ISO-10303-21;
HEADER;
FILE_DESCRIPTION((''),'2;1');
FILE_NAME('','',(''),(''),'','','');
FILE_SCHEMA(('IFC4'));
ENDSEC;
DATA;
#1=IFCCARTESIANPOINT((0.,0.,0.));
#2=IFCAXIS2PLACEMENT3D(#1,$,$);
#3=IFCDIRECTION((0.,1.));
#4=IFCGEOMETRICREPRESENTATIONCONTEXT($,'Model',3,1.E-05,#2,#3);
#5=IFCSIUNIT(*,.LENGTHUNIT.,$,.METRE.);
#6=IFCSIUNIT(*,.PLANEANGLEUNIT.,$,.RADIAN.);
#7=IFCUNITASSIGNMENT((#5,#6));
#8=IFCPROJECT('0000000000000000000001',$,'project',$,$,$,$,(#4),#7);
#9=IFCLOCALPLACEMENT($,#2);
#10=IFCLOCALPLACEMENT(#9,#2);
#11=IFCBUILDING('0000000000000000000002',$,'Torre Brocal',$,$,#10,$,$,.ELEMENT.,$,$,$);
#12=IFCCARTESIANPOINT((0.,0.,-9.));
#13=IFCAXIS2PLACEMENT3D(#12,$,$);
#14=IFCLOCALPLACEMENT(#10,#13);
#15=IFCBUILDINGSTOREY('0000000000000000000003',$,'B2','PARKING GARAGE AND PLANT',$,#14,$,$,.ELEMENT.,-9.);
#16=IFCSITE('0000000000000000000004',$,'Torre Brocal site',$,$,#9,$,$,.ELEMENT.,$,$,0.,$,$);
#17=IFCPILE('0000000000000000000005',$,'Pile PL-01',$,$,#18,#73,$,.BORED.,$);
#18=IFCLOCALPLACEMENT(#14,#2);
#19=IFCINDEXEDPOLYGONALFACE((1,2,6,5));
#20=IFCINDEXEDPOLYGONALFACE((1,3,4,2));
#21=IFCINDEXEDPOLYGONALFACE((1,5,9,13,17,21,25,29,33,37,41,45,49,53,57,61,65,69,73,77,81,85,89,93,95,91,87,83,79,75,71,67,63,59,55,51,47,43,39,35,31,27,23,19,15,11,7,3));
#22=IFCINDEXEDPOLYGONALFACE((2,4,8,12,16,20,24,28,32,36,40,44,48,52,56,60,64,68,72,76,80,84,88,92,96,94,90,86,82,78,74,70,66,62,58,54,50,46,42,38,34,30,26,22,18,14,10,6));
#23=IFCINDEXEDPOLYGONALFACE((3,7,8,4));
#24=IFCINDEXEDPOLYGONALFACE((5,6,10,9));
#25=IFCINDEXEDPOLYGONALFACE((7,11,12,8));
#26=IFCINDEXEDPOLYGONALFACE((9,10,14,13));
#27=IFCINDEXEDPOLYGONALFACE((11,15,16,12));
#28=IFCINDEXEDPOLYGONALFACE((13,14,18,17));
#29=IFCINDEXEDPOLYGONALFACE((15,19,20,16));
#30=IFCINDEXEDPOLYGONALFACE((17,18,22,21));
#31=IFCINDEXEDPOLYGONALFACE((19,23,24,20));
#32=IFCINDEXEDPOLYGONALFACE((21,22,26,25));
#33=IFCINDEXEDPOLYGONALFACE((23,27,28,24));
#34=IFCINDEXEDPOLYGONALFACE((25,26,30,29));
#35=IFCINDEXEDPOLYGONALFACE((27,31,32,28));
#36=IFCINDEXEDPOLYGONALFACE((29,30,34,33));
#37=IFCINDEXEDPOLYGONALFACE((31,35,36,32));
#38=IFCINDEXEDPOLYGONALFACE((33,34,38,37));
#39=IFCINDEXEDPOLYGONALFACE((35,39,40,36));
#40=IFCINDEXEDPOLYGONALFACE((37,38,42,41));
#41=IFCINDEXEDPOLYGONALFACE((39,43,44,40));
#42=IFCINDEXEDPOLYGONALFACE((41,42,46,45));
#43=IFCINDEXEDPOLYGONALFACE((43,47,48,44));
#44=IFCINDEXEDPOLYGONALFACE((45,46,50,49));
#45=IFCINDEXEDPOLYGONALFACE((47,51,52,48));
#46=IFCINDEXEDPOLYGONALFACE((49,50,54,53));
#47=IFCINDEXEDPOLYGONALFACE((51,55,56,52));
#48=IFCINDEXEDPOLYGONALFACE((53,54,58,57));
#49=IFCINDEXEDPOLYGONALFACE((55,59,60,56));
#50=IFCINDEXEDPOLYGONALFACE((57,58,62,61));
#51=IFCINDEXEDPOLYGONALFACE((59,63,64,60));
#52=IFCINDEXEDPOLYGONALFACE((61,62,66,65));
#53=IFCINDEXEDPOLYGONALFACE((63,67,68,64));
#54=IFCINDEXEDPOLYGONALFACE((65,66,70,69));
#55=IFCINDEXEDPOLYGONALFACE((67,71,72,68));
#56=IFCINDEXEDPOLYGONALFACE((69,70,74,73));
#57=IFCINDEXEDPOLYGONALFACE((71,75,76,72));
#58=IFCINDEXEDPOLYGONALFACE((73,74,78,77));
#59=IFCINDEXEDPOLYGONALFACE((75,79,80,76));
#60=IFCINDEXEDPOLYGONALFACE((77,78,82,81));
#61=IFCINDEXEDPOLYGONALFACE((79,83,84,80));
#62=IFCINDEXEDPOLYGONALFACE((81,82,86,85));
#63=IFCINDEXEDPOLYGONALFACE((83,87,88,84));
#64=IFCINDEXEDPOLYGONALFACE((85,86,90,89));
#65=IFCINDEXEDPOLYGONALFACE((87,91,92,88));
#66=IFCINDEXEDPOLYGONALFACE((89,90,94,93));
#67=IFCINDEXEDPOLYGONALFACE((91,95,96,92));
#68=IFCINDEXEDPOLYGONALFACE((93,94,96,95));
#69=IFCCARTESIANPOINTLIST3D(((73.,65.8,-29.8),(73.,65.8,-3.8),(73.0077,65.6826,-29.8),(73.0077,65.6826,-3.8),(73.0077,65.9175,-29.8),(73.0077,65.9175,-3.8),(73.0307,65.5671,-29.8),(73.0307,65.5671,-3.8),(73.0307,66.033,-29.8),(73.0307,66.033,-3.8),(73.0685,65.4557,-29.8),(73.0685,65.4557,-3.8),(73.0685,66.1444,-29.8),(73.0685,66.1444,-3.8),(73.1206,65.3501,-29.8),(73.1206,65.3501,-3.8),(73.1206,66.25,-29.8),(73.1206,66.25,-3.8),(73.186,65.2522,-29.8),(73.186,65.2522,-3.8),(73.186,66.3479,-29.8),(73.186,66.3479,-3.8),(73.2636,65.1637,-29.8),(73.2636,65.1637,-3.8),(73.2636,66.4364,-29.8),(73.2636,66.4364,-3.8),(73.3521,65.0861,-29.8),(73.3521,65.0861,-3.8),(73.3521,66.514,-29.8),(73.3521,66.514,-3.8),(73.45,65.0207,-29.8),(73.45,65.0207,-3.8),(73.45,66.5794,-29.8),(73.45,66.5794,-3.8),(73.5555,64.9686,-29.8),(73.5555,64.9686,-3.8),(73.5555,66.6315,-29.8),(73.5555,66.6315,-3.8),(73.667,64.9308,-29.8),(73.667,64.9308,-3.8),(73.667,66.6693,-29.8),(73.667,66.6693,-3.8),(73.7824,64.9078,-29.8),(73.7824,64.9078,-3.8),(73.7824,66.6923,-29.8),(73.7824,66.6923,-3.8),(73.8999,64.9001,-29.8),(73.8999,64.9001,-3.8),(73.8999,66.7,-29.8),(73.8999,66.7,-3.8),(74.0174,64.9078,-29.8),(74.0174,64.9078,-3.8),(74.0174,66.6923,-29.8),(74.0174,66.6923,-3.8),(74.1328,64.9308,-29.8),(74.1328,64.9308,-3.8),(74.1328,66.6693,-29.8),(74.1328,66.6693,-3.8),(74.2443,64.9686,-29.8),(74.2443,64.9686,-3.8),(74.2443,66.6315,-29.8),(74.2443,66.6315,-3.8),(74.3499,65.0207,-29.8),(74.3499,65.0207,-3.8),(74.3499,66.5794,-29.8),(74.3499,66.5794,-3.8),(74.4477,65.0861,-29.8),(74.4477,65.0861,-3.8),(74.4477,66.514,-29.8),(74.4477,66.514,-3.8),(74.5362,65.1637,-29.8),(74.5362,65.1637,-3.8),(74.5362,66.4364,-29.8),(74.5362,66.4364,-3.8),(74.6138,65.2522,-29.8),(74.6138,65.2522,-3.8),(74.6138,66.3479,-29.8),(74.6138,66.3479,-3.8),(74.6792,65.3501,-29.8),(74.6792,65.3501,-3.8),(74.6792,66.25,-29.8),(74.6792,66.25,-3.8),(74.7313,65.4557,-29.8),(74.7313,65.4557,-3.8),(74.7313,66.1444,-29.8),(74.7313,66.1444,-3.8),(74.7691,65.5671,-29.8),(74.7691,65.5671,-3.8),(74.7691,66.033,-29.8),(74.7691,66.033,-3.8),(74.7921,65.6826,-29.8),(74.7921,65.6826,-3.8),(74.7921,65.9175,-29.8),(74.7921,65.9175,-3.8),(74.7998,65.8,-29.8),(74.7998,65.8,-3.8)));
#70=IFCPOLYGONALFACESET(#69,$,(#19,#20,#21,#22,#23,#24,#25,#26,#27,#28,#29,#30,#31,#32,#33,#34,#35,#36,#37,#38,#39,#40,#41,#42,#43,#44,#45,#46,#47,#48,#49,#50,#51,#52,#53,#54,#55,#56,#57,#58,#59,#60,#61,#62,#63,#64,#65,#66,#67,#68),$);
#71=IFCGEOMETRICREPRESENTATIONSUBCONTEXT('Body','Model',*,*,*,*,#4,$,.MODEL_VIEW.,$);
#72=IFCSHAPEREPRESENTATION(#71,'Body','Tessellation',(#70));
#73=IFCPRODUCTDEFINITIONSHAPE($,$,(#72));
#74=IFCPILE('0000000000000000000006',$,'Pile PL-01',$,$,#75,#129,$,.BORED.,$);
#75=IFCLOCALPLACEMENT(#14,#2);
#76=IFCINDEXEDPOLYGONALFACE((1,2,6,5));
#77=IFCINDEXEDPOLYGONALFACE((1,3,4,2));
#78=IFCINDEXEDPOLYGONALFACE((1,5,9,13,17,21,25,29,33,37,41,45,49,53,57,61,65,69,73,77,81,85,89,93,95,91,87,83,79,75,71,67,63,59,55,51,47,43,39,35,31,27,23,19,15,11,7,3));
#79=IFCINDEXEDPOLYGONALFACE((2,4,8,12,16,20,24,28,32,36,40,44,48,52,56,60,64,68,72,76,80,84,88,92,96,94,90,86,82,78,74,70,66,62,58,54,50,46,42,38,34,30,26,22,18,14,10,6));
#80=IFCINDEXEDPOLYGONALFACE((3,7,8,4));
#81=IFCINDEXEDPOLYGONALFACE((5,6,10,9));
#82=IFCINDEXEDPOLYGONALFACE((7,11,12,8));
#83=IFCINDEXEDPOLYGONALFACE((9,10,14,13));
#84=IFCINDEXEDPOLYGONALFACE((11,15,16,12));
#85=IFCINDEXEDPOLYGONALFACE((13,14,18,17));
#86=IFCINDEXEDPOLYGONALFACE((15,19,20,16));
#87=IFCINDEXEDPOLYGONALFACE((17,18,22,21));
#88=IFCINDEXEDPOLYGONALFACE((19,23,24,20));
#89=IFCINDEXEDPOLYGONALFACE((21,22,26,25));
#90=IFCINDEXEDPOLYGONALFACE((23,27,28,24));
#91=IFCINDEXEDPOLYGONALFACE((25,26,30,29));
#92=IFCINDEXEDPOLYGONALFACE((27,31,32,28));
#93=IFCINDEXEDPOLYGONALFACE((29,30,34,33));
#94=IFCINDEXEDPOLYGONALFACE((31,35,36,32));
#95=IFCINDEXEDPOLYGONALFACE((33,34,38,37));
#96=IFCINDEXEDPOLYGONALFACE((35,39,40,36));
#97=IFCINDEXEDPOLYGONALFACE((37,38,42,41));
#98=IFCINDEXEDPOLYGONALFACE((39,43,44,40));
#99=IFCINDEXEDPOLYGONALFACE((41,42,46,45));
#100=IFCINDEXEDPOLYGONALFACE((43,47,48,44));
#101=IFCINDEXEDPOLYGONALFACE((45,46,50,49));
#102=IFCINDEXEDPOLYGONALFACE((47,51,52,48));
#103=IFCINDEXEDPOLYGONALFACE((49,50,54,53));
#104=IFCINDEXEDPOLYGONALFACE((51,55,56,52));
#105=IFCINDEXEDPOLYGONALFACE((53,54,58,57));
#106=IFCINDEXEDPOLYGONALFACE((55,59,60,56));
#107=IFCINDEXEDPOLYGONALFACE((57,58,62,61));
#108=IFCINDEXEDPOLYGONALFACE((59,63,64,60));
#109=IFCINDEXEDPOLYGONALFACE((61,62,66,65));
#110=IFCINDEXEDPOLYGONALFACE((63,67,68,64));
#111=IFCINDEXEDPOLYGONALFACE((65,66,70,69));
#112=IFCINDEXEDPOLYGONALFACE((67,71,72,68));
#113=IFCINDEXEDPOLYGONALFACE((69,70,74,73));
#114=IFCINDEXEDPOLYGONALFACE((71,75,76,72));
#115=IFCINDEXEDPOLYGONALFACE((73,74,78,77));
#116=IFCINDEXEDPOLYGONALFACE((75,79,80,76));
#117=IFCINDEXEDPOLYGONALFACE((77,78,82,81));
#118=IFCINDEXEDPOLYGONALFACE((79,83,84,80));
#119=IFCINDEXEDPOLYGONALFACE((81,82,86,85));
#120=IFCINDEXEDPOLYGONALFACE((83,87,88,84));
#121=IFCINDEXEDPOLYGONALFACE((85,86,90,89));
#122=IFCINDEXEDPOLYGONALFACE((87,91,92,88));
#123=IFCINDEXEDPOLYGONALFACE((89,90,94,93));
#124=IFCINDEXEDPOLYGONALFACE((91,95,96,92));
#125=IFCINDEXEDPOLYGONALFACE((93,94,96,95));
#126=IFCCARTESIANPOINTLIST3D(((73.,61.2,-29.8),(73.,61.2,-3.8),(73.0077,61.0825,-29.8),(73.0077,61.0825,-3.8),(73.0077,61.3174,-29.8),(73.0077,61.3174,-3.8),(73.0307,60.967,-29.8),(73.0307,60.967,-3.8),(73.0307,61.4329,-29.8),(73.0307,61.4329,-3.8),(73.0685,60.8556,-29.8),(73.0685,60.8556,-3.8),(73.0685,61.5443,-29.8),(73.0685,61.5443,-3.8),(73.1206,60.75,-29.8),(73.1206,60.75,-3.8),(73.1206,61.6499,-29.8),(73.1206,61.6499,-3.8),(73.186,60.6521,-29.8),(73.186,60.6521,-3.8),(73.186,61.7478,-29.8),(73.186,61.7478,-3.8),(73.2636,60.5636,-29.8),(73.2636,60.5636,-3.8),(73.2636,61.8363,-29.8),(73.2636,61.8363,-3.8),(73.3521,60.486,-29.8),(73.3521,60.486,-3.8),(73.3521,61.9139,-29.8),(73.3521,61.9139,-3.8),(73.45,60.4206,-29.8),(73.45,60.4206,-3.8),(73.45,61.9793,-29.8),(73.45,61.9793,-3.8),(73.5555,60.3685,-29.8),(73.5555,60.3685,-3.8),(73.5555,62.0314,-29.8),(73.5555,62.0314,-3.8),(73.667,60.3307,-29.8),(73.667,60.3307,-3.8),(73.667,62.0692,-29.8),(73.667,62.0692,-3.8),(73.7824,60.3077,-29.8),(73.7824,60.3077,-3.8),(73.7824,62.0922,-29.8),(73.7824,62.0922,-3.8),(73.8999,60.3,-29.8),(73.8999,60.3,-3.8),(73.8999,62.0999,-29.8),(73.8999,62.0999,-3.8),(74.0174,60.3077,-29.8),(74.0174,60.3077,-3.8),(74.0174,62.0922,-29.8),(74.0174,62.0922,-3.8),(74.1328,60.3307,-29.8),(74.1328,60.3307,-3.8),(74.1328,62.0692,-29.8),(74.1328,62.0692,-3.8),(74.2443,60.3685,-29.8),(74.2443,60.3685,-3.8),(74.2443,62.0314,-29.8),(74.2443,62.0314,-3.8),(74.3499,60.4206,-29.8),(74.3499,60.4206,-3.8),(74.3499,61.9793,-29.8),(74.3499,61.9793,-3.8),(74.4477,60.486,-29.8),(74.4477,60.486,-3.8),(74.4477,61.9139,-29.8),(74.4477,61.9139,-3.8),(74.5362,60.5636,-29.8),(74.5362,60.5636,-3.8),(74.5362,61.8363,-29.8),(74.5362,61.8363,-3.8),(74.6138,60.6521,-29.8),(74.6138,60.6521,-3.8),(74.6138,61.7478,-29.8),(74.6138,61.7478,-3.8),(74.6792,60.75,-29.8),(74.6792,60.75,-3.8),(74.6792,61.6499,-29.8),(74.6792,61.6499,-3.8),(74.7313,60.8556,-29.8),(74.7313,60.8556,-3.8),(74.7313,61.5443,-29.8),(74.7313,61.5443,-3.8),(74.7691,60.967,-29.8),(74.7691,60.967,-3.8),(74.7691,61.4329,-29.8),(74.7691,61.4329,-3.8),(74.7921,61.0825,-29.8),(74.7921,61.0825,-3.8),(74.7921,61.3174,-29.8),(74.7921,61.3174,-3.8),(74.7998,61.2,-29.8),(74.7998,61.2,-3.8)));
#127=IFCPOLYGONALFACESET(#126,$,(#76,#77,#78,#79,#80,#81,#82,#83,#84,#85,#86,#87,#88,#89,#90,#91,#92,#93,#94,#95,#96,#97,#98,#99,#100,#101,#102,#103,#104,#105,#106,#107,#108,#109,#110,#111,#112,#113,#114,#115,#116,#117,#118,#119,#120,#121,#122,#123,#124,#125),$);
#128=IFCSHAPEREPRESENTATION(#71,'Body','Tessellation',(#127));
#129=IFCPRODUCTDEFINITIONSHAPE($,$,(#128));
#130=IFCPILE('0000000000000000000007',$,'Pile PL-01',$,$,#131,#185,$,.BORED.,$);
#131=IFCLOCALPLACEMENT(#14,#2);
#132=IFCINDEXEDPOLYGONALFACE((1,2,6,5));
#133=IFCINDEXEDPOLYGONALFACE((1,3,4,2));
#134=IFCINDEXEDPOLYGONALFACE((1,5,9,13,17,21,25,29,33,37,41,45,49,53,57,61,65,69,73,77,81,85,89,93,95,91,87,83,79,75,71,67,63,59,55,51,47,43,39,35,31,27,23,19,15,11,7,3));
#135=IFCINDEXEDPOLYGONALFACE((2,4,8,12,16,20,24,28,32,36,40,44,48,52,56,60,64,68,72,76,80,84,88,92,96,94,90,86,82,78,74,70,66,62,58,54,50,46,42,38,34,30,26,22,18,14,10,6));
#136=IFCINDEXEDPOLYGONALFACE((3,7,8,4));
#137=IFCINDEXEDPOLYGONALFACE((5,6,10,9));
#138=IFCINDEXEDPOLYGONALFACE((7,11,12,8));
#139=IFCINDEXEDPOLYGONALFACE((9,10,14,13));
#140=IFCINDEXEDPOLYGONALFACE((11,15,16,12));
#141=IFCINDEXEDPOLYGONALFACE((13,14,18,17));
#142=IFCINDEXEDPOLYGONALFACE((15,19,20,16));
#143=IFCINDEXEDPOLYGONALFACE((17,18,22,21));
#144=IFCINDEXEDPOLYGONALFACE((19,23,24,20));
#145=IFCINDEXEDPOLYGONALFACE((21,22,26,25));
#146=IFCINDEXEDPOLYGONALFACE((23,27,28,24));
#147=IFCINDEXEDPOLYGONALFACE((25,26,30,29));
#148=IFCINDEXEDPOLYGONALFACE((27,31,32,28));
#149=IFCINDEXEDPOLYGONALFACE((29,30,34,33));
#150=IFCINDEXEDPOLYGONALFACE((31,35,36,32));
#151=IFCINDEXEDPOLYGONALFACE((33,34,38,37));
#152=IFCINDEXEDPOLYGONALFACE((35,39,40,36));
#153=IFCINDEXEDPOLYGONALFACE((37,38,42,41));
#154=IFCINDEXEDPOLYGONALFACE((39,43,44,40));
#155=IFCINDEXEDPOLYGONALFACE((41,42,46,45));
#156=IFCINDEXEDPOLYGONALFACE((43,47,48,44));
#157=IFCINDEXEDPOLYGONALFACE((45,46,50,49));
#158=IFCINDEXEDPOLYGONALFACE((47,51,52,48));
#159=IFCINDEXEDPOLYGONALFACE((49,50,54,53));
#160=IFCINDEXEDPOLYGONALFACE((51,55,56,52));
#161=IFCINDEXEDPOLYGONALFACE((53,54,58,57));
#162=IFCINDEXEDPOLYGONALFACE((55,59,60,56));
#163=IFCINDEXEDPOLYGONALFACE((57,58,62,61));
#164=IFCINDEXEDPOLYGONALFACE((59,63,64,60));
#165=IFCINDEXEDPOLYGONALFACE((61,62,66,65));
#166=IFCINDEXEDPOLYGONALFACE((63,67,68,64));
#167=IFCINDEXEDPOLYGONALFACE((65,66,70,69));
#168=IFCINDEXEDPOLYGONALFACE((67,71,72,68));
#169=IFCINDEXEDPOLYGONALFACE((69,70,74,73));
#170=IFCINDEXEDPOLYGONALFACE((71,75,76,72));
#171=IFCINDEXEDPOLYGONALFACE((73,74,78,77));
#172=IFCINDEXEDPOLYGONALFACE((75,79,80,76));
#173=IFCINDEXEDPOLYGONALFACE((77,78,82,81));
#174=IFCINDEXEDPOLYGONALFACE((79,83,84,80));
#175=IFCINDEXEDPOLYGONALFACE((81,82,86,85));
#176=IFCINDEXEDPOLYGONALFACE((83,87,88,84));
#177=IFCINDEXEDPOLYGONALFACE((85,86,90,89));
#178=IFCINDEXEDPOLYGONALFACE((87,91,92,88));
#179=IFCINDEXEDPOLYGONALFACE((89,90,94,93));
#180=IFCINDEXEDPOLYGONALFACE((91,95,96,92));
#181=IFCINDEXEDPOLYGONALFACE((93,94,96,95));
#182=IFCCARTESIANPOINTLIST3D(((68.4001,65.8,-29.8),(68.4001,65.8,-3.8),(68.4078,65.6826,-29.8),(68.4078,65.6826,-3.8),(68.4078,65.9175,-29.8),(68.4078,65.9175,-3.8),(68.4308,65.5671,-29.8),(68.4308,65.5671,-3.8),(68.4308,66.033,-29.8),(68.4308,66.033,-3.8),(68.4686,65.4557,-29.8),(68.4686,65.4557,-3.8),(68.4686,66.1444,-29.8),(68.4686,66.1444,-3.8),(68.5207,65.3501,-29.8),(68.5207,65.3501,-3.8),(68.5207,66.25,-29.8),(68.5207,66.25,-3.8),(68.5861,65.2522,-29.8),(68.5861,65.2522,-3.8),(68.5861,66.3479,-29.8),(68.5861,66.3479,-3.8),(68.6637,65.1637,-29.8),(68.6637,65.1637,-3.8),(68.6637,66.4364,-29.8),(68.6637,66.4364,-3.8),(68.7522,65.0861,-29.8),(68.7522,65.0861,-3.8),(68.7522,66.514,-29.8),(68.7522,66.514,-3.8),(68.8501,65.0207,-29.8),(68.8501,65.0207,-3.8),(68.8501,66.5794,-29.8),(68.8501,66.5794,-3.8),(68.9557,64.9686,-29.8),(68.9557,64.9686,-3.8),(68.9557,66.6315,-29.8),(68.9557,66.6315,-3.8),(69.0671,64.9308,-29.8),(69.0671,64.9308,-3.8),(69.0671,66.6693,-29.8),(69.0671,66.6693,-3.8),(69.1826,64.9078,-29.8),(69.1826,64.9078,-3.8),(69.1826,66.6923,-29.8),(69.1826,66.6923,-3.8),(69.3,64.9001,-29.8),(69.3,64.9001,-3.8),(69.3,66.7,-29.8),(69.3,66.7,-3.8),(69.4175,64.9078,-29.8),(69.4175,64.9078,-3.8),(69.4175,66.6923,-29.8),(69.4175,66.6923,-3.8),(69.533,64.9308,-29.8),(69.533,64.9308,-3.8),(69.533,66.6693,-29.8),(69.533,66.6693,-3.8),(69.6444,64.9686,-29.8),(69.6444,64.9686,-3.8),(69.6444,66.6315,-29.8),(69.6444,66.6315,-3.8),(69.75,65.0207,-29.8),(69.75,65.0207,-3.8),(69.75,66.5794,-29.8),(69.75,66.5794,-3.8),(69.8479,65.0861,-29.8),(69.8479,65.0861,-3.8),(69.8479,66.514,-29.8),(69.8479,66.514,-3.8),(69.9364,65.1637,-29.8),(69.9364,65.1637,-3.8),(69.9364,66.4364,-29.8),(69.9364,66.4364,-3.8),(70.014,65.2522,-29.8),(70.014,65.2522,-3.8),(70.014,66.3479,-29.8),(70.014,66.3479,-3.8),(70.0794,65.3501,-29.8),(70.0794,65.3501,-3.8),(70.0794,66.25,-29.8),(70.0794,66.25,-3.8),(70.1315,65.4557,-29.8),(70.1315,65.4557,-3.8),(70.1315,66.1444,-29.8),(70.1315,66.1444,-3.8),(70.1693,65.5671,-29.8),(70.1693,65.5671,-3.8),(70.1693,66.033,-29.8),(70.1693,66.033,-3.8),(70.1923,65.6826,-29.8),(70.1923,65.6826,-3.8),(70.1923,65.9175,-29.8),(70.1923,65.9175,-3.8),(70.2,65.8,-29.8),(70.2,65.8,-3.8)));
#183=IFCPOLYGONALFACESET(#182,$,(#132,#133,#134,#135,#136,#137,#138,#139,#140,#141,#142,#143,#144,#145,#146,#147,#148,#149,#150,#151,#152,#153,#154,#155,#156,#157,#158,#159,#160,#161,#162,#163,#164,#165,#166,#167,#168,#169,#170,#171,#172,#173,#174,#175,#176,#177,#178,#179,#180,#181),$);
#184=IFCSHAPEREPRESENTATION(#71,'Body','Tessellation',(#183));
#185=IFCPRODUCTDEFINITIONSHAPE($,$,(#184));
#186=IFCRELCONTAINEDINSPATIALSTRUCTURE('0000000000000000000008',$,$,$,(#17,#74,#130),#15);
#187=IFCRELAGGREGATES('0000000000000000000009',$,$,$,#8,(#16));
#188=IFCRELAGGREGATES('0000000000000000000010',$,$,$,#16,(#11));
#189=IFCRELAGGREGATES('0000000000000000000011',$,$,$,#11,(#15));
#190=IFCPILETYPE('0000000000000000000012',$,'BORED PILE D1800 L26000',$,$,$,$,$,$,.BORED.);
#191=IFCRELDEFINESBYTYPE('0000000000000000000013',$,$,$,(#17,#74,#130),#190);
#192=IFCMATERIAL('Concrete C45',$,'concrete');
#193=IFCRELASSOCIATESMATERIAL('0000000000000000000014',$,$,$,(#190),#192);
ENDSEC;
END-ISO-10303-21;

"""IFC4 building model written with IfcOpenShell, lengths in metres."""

from ifc_helpers import new_model, si_unit, direction, frame, origin, origin_2d, place, context, subcontext, project, spatial, circle, extrude, material, material_profile, profile_set, type_object, element, save


model = new_model("IFC4")

# Units and contexts
model_context = context("Model", 3, precision=1e-05, world=origin(), true_north=direction((0.0, 1.0)))
body_context = subcontext(model_context, "Body", "Model", "MODEL_VIEW")
ifc_project = project(units=[si_unit("LENGTHUNIT", "METRE"), si_unit("PLANEANGLEUNIT", "RADIAN")], contexts=[model_context])

# Site, building, storey
site_placement = place(None, origin())
site = spatial("IfcSite", under=ifc_project, at=site_placement, Name="Torre Brocal site", CompositionType="ELEMENT", RefElevation=0.0)
building_placement = place(site_placement, origin())
building = spatial("IfcBuilding", under=site, at=building_placement, Name="Torre Brocal", CompositionType="ELEMENT")
storey_placement = place(building_placement, frame((0.0, 0.0, -9.0)))
storey = spatial("IfcBuildingStorey", under=building, at=storey_placement, Name="B2", Description="PARKING GARAGE AND PLANT", CompositionType="ELEMENT", Elevation=-9.0)

# Piles
ifc_material_1 = material(Name="Concrete C45", Category="concrete")
ifc_material_profile_1 = material_profile(ifc_material_1, circle(Radius=0.8999, at=origin_2d()), Name="BORED PILE D1800")
ifc_profile_set_1 = profile_set([ifc_material_profile_1], Name="Concrete C45")
pile_type = type_object("IfcPileType", Name="BORED PILE D1800 L26000", PredefinedType="BORED", material=ifc_profile_set_1)
for number, where, z_axis, x_axis, name in (
    (1, (73.8999, 65.8, -3.8), (0.0, 0.0, -1.0), (1.0, 0.0, 0.0), "Pile PL-01"),
    (2, (73.8999, 61.2, -3.8), (0.0, 0.0, -1.0), (1.0, 0.0, 0.0), "Pile PL-01"),
    (3, (69.3, 65.8, -3.8), (0.0, 0.0, -1.0), (1.0, 0.0, 0.0), "Pile PL-01"),
):
    element("IfcPile", number, at=place(storey_placement, frame(where, z_axis=z_axis, x_axis=x_axis)), inside=storey, type_object=pile_type, Name=name, PredefinedType="BORED", context=body_context, shape_type="SweptSolid", body=[
        extrude(circle(Radius=0.8999, at=origin_2d()), origin(), (0.0, 0.0, 1.0), 26.0),
    ])

save(model, "model.ifc")
